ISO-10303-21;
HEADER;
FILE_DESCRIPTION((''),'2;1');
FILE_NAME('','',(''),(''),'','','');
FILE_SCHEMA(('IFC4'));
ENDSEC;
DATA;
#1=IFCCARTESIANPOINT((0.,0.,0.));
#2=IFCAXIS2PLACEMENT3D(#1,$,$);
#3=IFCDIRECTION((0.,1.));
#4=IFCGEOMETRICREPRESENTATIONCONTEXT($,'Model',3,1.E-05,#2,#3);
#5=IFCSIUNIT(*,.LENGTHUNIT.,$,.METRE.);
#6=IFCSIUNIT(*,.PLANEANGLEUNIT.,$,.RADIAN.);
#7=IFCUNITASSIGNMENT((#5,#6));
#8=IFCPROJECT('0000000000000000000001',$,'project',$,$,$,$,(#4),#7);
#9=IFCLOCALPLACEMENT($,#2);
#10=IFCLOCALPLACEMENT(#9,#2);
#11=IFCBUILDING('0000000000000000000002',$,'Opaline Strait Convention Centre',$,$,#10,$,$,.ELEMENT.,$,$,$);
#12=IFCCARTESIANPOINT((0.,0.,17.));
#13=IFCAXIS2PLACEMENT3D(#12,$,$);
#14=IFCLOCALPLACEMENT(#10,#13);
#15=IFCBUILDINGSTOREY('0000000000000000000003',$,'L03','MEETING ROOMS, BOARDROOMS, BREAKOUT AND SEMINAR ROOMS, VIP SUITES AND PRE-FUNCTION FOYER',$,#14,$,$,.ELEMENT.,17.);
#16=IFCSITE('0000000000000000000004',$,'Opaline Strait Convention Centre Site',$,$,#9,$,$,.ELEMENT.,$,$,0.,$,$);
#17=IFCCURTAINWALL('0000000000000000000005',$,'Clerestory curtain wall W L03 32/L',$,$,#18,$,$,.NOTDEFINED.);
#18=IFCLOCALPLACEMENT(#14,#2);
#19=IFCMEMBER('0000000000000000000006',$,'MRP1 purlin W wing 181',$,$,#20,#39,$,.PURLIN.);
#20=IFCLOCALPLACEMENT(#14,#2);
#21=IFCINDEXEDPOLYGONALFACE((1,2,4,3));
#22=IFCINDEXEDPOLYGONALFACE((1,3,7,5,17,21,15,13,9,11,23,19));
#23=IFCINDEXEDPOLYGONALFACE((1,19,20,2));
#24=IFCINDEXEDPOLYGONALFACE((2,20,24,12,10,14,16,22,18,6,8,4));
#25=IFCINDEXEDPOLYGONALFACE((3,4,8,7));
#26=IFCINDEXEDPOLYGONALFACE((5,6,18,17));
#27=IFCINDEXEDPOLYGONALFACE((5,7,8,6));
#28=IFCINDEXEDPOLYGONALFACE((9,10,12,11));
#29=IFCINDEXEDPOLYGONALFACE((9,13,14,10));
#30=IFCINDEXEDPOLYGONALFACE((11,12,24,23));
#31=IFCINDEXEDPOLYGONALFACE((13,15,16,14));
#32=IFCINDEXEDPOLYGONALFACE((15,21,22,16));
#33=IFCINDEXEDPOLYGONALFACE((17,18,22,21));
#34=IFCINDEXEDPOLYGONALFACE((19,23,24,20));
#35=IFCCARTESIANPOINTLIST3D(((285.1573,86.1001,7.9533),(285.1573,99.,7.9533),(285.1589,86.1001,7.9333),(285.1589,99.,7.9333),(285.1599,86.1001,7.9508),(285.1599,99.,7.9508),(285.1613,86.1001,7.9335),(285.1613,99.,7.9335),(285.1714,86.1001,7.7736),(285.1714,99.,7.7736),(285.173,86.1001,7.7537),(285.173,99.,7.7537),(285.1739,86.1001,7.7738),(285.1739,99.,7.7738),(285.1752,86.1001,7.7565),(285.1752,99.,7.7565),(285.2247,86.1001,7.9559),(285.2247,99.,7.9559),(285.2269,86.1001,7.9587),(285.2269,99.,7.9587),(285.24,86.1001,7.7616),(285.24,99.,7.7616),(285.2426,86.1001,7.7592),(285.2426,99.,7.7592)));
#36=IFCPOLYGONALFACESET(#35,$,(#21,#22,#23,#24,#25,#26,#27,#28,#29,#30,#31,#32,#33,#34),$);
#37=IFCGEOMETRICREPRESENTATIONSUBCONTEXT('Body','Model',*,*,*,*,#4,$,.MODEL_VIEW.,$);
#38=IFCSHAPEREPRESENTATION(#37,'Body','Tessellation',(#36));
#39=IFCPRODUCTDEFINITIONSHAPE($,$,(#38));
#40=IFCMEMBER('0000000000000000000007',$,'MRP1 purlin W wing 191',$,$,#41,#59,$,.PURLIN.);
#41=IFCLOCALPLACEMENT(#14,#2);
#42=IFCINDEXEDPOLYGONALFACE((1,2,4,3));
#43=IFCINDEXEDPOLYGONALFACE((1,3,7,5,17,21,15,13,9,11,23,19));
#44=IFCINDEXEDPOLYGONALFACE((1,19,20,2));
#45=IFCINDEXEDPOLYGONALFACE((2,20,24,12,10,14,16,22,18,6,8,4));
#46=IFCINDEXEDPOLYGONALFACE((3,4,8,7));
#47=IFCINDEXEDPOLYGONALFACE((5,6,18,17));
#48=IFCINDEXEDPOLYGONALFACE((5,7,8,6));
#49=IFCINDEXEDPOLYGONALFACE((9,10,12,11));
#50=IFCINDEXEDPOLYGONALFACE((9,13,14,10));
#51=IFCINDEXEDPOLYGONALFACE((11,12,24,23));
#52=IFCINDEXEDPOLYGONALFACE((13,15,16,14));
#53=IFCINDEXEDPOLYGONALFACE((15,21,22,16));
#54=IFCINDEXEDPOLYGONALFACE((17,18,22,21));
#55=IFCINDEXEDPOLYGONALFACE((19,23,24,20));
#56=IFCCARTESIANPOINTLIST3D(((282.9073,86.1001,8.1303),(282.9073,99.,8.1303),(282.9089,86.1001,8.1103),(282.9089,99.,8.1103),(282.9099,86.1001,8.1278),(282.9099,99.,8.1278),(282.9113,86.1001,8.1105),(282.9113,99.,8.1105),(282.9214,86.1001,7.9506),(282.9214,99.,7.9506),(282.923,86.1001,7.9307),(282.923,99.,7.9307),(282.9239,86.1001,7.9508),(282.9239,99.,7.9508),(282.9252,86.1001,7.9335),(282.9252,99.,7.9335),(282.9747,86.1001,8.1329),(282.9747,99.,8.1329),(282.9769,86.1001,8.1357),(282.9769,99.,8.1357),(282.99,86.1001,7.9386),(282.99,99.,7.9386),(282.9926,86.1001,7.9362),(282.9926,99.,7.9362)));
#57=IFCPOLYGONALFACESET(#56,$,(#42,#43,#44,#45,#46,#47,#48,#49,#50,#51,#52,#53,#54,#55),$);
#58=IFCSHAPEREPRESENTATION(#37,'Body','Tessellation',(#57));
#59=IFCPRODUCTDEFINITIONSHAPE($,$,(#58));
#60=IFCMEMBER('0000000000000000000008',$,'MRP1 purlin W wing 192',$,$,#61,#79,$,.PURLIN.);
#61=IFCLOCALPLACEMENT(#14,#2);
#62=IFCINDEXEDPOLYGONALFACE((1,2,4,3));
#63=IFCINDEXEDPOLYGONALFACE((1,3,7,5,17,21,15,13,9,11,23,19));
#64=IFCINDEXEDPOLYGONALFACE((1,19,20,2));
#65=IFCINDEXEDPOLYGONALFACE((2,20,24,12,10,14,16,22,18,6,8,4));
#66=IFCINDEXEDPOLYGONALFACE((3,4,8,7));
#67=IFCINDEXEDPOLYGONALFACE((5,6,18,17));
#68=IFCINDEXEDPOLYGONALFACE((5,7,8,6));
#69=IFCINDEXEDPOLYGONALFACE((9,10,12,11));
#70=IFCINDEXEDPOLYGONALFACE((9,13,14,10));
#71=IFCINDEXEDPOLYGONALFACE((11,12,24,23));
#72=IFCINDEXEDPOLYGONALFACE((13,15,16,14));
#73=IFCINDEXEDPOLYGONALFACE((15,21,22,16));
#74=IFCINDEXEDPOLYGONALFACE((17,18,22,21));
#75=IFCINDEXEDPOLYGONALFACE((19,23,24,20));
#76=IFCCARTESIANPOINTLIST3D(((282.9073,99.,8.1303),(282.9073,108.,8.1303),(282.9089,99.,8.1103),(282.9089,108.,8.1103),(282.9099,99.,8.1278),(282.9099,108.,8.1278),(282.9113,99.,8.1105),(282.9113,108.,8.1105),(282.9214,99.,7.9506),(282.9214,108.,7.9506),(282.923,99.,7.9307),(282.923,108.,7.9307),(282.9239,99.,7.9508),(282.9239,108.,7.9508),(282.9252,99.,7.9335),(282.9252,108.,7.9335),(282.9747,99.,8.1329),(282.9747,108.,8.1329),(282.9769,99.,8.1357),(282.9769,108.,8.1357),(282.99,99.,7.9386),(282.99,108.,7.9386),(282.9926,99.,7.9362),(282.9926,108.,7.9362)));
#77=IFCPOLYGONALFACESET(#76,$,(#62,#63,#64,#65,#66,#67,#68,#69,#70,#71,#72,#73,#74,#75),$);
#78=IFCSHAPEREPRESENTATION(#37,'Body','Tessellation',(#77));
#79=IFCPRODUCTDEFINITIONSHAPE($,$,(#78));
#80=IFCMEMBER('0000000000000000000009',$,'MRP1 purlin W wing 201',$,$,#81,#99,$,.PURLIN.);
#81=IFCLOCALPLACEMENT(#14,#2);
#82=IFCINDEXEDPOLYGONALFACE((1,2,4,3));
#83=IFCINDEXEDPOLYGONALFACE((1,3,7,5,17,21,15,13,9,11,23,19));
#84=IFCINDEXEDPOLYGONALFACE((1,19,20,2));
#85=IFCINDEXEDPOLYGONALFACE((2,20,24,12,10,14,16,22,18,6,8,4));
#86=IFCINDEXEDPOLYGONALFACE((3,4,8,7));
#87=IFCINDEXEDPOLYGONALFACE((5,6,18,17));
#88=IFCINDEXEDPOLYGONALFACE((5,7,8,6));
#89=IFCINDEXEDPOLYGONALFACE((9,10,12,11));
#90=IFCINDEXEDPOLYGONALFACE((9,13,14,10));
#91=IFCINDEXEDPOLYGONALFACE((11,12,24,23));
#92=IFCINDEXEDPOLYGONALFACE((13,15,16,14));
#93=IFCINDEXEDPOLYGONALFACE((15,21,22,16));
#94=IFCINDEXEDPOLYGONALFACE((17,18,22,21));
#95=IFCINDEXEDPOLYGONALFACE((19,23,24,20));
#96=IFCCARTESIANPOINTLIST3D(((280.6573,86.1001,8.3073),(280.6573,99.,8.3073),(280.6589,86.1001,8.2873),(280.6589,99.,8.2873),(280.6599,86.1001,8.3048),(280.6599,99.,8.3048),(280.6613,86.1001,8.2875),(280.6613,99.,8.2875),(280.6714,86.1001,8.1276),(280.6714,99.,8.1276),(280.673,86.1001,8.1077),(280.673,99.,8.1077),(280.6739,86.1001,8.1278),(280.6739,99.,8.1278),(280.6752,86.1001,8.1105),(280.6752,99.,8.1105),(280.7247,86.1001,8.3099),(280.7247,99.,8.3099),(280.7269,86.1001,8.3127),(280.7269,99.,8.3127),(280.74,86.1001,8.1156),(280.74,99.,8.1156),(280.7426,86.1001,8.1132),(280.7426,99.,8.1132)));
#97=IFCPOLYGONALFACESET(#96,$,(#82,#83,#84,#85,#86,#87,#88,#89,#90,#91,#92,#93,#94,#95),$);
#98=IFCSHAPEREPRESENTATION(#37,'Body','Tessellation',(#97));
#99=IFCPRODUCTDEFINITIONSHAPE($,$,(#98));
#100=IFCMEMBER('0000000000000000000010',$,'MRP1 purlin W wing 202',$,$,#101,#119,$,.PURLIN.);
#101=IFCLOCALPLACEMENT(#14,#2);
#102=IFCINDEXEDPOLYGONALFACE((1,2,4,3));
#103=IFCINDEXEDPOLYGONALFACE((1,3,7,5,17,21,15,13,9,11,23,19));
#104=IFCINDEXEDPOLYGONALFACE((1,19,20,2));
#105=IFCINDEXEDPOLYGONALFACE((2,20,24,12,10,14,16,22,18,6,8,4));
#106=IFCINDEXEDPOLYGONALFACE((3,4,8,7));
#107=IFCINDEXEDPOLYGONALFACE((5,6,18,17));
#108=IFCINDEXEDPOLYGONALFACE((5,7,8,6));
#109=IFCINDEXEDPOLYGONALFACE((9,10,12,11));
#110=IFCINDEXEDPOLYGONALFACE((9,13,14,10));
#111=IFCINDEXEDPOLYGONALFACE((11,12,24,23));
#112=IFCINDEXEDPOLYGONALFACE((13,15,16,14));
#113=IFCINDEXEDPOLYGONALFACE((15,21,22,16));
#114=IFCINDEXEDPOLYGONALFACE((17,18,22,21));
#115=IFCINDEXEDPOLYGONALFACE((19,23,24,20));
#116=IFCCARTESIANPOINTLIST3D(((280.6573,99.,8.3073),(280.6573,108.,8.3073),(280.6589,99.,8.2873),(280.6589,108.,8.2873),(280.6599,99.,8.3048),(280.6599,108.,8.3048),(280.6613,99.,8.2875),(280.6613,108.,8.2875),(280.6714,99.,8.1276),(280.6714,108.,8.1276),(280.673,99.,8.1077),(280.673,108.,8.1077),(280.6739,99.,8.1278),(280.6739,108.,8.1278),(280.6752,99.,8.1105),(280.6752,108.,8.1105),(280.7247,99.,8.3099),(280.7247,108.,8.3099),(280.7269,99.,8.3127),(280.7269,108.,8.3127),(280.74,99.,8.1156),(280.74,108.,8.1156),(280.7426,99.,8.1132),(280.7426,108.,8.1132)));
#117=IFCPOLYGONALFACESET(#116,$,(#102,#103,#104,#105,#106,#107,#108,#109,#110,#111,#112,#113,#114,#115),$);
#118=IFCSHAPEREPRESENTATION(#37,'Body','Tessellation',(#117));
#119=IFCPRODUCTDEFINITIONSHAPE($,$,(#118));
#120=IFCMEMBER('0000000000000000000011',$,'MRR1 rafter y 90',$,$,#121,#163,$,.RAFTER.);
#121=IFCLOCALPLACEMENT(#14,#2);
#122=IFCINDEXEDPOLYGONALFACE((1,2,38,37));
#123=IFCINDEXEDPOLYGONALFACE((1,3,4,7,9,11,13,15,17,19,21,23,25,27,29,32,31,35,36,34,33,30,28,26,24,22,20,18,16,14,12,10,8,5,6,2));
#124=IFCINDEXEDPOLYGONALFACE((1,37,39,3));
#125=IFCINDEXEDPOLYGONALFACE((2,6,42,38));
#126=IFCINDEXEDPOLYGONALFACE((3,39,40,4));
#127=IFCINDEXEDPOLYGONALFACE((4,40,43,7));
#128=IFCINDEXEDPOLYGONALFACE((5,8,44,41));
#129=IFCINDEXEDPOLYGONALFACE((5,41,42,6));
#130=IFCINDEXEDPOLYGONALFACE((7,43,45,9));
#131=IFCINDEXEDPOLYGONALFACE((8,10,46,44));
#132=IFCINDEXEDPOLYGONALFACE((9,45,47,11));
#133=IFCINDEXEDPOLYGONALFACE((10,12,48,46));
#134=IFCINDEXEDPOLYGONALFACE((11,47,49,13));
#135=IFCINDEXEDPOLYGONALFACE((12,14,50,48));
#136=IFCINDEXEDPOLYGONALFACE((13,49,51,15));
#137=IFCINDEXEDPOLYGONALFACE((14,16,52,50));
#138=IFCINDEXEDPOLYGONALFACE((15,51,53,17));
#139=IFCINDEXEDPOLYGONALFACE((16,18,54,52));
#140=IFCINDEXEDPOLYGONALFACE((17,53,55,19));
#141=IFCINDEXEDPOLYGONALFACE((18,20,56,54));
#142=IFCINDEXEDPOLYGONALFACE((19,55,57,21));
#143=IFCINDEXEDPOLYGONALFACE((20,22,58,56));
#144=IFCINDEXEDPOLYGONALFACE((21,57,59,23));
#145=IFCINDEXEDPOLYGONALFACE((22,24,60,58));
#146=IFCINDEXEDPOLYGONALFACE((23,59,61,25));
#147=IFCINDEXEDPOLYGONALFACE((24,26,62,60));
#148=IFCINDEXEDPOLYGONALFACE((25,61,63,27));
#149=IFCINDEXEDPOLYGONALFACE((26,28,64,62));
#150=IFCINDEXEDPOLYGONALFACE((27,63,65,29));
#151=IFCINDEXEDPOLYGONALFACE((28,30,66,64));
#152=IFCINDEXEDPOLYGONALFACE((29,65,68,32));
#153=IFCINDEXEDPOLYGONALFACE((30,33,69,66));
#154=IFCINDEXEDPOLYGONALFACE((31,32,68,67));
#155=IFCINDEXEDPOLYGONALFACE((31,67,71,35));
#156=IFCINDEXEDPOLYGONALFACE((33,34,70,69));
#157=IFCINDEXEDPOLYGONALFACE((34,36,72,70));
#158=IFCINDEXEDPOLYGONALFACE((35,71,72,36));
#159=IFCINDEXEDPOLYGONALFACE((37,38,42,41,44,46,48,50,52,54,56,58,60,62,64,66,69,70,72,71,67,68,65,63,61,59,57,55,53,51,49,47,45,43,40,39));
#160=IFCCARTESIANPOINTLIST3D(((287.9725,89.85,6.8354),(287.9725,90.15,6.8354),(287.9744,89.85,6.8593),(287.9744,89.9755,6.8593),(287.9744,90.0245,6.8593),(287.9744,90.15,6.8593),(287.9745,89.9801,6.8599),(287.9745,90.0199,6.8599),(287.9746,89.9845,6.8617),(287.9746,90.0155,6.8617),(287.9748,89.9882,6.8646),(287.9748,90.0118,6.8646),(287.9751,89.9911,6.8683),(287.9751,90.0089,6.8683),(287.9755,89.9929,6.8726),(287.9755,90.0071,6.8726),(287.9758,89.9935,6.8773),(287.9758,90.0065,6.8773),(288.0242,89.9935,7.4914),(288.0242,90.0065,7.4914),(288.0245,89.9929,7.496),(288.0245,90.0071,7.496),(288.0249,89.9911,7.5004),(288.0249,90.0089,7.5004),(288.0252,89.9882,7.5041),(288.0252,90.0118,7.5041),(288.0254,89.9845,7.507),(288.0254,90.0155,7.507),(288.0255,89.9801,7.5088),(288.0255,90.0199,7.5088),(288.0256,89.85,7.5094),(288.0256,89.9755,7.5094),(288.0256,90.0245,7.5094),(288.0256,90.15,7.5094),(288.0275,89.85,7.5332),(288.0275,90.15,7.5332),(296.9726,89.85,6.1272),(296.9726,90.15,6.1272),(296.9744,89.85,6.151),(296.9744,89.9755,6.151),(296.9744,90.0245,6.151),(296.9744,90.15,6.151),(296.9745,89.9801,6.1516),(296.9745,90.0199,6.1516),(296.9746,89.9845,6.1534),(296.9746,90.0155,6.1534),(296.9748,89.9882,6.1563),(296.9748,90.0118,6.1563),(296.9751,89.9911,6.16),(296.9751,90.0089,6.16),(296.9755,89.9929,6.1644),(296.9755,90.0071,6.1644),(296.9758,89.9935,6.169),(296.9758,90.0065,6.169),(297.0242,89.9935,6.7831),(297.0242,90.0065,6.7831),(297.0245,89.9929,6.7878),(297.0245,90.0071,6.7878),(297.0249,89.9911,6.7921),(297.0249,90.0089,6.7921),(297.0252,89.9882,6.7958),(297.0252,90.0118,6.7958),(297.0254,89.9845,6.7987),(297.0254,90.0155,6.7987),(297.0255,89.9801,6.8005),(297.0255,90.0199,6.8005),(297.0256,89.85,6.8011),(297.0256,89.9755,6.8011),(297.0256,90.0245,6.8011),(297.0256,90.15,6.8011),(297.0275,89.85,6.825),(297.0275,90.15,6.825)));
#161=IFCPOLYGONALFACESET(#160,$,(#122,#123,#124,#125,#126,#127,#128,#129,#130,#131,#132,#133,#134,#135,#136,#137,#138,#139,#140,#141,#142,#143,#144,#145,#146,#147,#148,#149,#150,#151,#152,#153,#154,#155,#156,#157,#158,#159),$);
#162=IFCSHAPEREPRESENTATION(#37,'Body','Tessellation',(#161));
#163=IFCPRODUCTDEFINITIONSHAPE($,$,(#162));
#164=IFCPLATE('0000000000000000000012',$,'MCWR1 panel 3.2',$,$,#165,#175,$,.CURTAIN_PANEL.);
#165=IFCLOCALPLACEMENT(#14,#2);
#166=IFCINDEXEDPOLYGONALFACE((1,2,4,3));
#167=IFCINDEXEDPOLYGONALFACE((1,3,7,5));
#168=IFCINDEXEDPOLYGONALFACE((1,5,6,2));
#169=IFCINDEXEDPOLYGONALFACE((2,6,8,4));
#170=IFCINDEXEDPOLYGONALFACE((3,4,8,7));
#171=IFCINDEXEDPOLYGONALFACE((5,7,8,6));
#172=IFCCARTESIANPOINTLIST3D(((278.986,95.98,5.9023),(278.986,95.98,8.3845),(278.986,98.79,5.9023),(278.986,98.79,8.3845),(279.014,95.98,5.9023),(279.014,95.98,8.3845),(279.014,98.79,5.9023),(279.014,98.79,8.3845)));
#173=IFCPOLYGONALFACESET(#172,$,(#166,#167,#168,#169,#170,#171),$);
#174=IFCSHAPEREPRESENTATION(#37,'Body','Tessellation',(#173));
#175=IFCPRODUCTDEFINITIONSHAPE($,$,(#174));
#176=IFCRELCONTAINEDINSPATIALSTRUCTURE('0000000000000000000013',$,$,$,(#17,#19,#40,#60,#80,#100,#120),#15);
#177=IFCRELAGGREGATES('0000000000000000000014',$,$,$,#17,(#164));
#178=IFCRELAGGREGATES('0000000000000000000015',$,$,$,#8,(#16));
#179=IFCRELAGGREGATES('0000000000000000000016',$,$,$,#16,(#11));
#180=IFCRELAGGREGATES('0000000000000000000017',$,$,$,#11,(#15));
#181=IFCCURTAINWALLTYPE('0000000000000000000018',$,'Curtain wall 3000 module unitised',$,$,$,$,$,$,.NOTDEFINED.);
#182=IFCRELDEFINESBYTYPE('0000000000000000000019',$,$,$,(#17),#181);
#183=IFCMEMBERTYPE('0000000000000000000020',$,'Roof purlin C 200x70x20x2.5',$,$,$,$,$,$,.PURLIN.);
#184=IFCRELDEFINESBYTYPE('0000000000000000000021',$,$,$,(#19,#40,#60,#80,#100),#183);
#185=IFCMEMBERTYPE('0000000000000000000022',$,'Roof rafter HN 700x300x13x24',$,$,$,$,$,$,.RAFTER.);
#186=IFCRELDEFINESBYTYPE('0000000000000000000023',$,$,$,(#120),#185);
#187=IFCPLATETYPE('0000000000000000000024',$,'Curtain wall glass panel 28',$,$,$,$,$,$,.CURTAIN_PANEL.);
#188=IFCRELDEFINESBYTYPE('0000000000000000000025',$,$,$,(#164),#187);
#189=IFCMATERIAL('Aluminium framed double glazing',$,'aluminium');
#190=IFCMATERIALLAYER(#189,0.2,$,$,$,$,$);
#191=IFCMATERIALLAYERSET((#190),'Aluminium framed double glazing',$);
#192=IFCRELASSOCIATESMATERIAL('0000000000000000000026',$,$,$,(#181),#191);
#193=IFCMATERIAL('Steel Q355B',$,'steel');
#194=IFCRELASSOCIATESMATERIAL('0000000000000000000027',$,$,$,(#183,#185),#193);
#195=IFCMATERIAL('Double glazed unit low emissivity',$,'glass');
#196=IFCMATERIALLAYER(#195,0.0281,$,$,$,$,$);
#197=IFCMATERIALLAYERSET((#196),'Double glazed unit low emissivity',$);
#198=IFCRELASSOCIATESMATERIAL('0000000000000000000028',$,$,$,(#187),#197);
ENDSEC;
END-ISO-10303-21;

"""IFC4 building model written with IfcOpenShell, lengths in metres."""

from ifc_helpers import new_model, si_unit, direction, frame, origin, origin_2d, place, context, subcontext, project, spatial, polyline, rectangle, i_section, outline, extrude, material, layer, layer_set, material_profile, profile_set, type_object, element, aggregate, save


model = new_model("IFC4")

# Units and contexts
model_context = context("Model", 3, precision=1e-05, world=origin(), true_north=direction((0.0, 1.0)))
body_context = subcontext(model_context, "Body", "Model", "MODEL_VIEW")
ifc_project = project(units=[si_unit("LENGTHUNIT", "METRE"), si_unit("PLANEANGLEUNIT", "RADIAN")], contexts=[model_context])

# Site, building, storey
site_placement = place(None, origin())
site = spatial("IfcSite", under=ifc_project, at=site_placement, Name="Opaline Strait Convention Centre Site", CompositionType="ELEMENT", RefElevation=0.0)
building_placement = place(site_placement, origin())
building = spatial("IfcBuilding", under=site, at=building_placement, Name="Opaline Strait Convention Centre", CompositionType="ELEMENT")
storey_placement = place(building_placement, frame((0.0, 0.0, 17.0)))
storey = spatial("IfcBuildingStorey", under=building, at=storey_placement, Name="L03", Description="MEETING ROOMS, BOARDROOMS, BREAKOUT AND SEMINAR ROOMS, VIP SUITES AND PRE-FUNCTION FOYER", CompositionType="ELEMENT", Elevation=17.0)

# Shared definitions
ifc_material_1 = material(Name="Steel Q355B", Category="steel")

# Curtain wall
ifc_material_2 = material(Name="Aluminium framed double glazing", Category="aluminium")
ifc_layer_1 = layer(ifc_material_2, 0.2)
ifc_layer_set_1 = layer_set([ifc_layer_1], Name="Aluminium framed double glazing")
curtain_wall_type = type_object("IfcCurtainWallType", Name="Curtain wall 3000 module unitised", PredefinedType="NOTDEFINED", material=ifc_layer_set_1)
curtain_wall_placement = place(storey_placement, origin())
curtain_wall = element("IfcCurtainWall", 1, at=curtain_wall_placement, inside=storey, type_object=curtain_wall_type, Name="Clerestory curtain wall W L03 32/L", PredefinedType="NOTDEFINED")

# Members
ifc_material_profile_1 = material_profile(ifc_material_1, outline(polyline([(-0.0349, -0.1001), (0.0349, -0.1001), (0.0349, -0.0801), (0.0325, -0.0801), (0.0325, -0.0974), (-0.0325, -0.0974), (-0.0325, 0.0974), (0.0325, 0.0974), (0.0325, 0.0801), (0.0349, 0.0801), (0.0349, 0.1001), (-0.0349, 0.1001), (-0.0349, -0.1001)])), Name="C 200x70x20x2.5")
ifc_profile_set_1 = profile_set([ifc_material_profile_1], Name="Steel Q355B")
member_type_1 = type_object("IfcMemberType", Name="Roof purlin C 200x70x20x2.5", PredefinedType="PURLIN", material=ifc_profile_set_1)
for number, where, z_axis, x_axis, name in (
    (2, (285.2, 86.1001, 7.8562), (0.0, 1.0, 0.0), (-0.996917, 0.0, -0.078459), "MRP1 purlin W wing 181"),
    (3, (282.95, 86.1001, 8.0332), (0.0, 1.0, 0.0), (-0.996917, 0.0, -0.078459), "MRP1 purlin W wing 191"),
):
    element("IfcMember", number, at=place(storey_placement, frame(where, z_axis=z_axis, x_axis=x_axis)), inside=storey, type_object=member_type_1, Name=name, PredefinedType="PURLIN", context=body_context, shape_type="SweptSolid", body=[
        extrude(outline(polyline([(-0.0349, -0.1001), (0.0349, -0.1001), (0.0349, -0.0801), (0.0325, -0.0801), (0.0325, -0.0974), (-0.0325, -0.0974), (-0.0325, 0.0974), (0.0325, 0.0974), (0.0325, 0.0801), (0.0349, 0.0801), (0.0349, 0.1001), (-0.0349, 0.1001), (-0.0349, -0.1001)])), origin(), (0.0, 0.0, 1.0), 12.8999),
    ])
member_1_placement = place(storey_placement, frame((282.95, 99.0, 8.0332), z_axis=(0.0, 1.0, 0.0), x_axis=(-0.996917, 0.0, -0.078459)))
element("IfcMember", 4, at=member_1_placement, inside=storey, type_object=member_type_1, Name="MRP1 purlin W wing 192", PredefinedType="PURLIN", context=body_context, shape_type="SweptSolid", body=[
    extrude(outline(polyline([(-0.0349, -0.1001), (0.0349, -0.1001), (0.0349, -0.0801), (0.0325, -0.0801), (0.0325, -0.0974), (-0.0325, -0.0974), (-0.0325, 0.0974), (0.0325, 0.0974), (0.0325, 0.0801), (0.0349, 0.0801), (0.0349, 0.1001), (-0.0349, 0.1001), (-0.0349, -0.1001)])), origin(), (0.0, 0.0, 1.0), 9.0),
])
member_2_placement = place(storey_placement, frame((280.7, 86.1001, 8.2102), z_axis=(0.0, 1.0, 0.0), x_axis=(-0.996917, 0.0, -0.078459)))
element("IfcMember", 5, at=member_2_placement, inside=storey, type_object=member_type_1, Name="MRP1 purlin W wing 201", PredefinedType="PURLIN", context=body_context, shape_type="SweptSolid", body=[
    extrude(outline(polyline([(-0.0349, -0.1001), (0.0349, -0.1001), (0.0349, -0.0801), (0.0325, -0.0801), (0.0325, -0.0974), (-0.0325, -0.0974), (-0.0325, 0.0974), (0.0325, 0.0974), (0.0325, 0.0801), (0.0349, 0.0801), (0.0349, 0.1001), (-0.0349, 0.1001), (-0.0349, -0.1001)])), origin(), (0.0, 0.0, 1.0), 12.8999),
])
member_3_placement = place(storey_placement, frame((280.7, 99.0, 8.2102), z_axis=(0.0, 1.0, 0.0), x_axis=(-0.996917, 0.0, -0.078459)))
element("IfcMember", 6, at=member_3_placement, inside=storey, type_object=member_type_1, Name="MRP1 purlin W wing 202", PredefinedType="PURLIN", context=body_context, shape_type="SweptSolid", body=[
    extrude(outline(polyline([(-0.0349, -0.1001), (0.0349, -0.1001), (0.0349, -0.0801), (0.0325, -0.0801), (0.0325, -0.0974), (-0.0325, -0.0974), (-0.0325, 0.0974), (0.0325, 0.0974), (0.0325, 0.0801), (0.0349, 0.0801), (0.0349, 0.1001), (-0.0349, 0.1001), (-0.0349, -0.1001)])), origin(), (0.0, 0.0, 1.0), 9.0),
])
ifc_material_profile_2 = material_profile(ifc_material_1, i_section(OverallWidth=0.3, OverallDepth=0.7, WebThickness=0.0129, FlangeThickness=0.0239, FilletRadius=0.0181, at=origin_2d()), Name="HN 700x300x13x24")
ifc_profile_set_2 = profile_set([ifc_material_profile_2], Name="Steel Q355B")
member_type_2 = type_object("IfcMemberType", Name="Roof rafter HN 700x300x13x24", PredefinedType="RAFTER", material=ifc_profile_set_2)
member_4_placement = place(storey_placement, frame((288.0, 90.0, 7.1843), z_axis=(0.996918, 0.0, -0.078452), x_axis=(0.0, 1.0, 0.0)))
element("IfcMember", 7, at=member_4_placement, inside=storey, type_object=member_type_2, Name="MRR1 rafter y 90", PredefinedType="RAFTER", context=body_context, shape_type="SweptSolid", body=[
    extrude(i_section(OverallWidth=0.3, OverallDepth=0.7, WebThickness=0.0129, FlangeThickness=0.0239, FilletRadius=0.0181, at=origin_2d()), origin(), (0.0, 0.0, 1.0), 9.0278),
])

# Plate
ifc_material_3 = material(Name="Double glazed unit low emissivity", Category="glass")
ifc_layer_2 = layer(ifc_material_3, 0.0281)
ifc_layer_set_2 = layer_set([ifc_layer_2], Name="Double glazed unit low emissivity")
plate_type = type_object("IfcPlateType", Name="Curtain wall glass panel 28", PredefinedType="CURTAIN_PANEL", material=ifc_layer_set_2)
plate_placement = place(storey_placement, frame((279.0, 97.385, 5.9023), z_axis=(0.0, 0.0, 1.0), x_axis=(0.0, 1.0, 0.0)))
plate = element("IfcPlate", 8, at=plate_placement, type_object=plate_type, Name="MCWR1 panel 3.2", PredefinedType="CURTAIN_PANEL", context=body_context, shape_type="SweptSolid", body=[
    extrude(rectangle(XDim=2.8101, YDim=0.0281, at=origin_2d()), origin(), (0.0, 0.0, 1.0), 2.4822),
])
aggregate(curtain_wall, [plate])

save(model, "model.ifc")
